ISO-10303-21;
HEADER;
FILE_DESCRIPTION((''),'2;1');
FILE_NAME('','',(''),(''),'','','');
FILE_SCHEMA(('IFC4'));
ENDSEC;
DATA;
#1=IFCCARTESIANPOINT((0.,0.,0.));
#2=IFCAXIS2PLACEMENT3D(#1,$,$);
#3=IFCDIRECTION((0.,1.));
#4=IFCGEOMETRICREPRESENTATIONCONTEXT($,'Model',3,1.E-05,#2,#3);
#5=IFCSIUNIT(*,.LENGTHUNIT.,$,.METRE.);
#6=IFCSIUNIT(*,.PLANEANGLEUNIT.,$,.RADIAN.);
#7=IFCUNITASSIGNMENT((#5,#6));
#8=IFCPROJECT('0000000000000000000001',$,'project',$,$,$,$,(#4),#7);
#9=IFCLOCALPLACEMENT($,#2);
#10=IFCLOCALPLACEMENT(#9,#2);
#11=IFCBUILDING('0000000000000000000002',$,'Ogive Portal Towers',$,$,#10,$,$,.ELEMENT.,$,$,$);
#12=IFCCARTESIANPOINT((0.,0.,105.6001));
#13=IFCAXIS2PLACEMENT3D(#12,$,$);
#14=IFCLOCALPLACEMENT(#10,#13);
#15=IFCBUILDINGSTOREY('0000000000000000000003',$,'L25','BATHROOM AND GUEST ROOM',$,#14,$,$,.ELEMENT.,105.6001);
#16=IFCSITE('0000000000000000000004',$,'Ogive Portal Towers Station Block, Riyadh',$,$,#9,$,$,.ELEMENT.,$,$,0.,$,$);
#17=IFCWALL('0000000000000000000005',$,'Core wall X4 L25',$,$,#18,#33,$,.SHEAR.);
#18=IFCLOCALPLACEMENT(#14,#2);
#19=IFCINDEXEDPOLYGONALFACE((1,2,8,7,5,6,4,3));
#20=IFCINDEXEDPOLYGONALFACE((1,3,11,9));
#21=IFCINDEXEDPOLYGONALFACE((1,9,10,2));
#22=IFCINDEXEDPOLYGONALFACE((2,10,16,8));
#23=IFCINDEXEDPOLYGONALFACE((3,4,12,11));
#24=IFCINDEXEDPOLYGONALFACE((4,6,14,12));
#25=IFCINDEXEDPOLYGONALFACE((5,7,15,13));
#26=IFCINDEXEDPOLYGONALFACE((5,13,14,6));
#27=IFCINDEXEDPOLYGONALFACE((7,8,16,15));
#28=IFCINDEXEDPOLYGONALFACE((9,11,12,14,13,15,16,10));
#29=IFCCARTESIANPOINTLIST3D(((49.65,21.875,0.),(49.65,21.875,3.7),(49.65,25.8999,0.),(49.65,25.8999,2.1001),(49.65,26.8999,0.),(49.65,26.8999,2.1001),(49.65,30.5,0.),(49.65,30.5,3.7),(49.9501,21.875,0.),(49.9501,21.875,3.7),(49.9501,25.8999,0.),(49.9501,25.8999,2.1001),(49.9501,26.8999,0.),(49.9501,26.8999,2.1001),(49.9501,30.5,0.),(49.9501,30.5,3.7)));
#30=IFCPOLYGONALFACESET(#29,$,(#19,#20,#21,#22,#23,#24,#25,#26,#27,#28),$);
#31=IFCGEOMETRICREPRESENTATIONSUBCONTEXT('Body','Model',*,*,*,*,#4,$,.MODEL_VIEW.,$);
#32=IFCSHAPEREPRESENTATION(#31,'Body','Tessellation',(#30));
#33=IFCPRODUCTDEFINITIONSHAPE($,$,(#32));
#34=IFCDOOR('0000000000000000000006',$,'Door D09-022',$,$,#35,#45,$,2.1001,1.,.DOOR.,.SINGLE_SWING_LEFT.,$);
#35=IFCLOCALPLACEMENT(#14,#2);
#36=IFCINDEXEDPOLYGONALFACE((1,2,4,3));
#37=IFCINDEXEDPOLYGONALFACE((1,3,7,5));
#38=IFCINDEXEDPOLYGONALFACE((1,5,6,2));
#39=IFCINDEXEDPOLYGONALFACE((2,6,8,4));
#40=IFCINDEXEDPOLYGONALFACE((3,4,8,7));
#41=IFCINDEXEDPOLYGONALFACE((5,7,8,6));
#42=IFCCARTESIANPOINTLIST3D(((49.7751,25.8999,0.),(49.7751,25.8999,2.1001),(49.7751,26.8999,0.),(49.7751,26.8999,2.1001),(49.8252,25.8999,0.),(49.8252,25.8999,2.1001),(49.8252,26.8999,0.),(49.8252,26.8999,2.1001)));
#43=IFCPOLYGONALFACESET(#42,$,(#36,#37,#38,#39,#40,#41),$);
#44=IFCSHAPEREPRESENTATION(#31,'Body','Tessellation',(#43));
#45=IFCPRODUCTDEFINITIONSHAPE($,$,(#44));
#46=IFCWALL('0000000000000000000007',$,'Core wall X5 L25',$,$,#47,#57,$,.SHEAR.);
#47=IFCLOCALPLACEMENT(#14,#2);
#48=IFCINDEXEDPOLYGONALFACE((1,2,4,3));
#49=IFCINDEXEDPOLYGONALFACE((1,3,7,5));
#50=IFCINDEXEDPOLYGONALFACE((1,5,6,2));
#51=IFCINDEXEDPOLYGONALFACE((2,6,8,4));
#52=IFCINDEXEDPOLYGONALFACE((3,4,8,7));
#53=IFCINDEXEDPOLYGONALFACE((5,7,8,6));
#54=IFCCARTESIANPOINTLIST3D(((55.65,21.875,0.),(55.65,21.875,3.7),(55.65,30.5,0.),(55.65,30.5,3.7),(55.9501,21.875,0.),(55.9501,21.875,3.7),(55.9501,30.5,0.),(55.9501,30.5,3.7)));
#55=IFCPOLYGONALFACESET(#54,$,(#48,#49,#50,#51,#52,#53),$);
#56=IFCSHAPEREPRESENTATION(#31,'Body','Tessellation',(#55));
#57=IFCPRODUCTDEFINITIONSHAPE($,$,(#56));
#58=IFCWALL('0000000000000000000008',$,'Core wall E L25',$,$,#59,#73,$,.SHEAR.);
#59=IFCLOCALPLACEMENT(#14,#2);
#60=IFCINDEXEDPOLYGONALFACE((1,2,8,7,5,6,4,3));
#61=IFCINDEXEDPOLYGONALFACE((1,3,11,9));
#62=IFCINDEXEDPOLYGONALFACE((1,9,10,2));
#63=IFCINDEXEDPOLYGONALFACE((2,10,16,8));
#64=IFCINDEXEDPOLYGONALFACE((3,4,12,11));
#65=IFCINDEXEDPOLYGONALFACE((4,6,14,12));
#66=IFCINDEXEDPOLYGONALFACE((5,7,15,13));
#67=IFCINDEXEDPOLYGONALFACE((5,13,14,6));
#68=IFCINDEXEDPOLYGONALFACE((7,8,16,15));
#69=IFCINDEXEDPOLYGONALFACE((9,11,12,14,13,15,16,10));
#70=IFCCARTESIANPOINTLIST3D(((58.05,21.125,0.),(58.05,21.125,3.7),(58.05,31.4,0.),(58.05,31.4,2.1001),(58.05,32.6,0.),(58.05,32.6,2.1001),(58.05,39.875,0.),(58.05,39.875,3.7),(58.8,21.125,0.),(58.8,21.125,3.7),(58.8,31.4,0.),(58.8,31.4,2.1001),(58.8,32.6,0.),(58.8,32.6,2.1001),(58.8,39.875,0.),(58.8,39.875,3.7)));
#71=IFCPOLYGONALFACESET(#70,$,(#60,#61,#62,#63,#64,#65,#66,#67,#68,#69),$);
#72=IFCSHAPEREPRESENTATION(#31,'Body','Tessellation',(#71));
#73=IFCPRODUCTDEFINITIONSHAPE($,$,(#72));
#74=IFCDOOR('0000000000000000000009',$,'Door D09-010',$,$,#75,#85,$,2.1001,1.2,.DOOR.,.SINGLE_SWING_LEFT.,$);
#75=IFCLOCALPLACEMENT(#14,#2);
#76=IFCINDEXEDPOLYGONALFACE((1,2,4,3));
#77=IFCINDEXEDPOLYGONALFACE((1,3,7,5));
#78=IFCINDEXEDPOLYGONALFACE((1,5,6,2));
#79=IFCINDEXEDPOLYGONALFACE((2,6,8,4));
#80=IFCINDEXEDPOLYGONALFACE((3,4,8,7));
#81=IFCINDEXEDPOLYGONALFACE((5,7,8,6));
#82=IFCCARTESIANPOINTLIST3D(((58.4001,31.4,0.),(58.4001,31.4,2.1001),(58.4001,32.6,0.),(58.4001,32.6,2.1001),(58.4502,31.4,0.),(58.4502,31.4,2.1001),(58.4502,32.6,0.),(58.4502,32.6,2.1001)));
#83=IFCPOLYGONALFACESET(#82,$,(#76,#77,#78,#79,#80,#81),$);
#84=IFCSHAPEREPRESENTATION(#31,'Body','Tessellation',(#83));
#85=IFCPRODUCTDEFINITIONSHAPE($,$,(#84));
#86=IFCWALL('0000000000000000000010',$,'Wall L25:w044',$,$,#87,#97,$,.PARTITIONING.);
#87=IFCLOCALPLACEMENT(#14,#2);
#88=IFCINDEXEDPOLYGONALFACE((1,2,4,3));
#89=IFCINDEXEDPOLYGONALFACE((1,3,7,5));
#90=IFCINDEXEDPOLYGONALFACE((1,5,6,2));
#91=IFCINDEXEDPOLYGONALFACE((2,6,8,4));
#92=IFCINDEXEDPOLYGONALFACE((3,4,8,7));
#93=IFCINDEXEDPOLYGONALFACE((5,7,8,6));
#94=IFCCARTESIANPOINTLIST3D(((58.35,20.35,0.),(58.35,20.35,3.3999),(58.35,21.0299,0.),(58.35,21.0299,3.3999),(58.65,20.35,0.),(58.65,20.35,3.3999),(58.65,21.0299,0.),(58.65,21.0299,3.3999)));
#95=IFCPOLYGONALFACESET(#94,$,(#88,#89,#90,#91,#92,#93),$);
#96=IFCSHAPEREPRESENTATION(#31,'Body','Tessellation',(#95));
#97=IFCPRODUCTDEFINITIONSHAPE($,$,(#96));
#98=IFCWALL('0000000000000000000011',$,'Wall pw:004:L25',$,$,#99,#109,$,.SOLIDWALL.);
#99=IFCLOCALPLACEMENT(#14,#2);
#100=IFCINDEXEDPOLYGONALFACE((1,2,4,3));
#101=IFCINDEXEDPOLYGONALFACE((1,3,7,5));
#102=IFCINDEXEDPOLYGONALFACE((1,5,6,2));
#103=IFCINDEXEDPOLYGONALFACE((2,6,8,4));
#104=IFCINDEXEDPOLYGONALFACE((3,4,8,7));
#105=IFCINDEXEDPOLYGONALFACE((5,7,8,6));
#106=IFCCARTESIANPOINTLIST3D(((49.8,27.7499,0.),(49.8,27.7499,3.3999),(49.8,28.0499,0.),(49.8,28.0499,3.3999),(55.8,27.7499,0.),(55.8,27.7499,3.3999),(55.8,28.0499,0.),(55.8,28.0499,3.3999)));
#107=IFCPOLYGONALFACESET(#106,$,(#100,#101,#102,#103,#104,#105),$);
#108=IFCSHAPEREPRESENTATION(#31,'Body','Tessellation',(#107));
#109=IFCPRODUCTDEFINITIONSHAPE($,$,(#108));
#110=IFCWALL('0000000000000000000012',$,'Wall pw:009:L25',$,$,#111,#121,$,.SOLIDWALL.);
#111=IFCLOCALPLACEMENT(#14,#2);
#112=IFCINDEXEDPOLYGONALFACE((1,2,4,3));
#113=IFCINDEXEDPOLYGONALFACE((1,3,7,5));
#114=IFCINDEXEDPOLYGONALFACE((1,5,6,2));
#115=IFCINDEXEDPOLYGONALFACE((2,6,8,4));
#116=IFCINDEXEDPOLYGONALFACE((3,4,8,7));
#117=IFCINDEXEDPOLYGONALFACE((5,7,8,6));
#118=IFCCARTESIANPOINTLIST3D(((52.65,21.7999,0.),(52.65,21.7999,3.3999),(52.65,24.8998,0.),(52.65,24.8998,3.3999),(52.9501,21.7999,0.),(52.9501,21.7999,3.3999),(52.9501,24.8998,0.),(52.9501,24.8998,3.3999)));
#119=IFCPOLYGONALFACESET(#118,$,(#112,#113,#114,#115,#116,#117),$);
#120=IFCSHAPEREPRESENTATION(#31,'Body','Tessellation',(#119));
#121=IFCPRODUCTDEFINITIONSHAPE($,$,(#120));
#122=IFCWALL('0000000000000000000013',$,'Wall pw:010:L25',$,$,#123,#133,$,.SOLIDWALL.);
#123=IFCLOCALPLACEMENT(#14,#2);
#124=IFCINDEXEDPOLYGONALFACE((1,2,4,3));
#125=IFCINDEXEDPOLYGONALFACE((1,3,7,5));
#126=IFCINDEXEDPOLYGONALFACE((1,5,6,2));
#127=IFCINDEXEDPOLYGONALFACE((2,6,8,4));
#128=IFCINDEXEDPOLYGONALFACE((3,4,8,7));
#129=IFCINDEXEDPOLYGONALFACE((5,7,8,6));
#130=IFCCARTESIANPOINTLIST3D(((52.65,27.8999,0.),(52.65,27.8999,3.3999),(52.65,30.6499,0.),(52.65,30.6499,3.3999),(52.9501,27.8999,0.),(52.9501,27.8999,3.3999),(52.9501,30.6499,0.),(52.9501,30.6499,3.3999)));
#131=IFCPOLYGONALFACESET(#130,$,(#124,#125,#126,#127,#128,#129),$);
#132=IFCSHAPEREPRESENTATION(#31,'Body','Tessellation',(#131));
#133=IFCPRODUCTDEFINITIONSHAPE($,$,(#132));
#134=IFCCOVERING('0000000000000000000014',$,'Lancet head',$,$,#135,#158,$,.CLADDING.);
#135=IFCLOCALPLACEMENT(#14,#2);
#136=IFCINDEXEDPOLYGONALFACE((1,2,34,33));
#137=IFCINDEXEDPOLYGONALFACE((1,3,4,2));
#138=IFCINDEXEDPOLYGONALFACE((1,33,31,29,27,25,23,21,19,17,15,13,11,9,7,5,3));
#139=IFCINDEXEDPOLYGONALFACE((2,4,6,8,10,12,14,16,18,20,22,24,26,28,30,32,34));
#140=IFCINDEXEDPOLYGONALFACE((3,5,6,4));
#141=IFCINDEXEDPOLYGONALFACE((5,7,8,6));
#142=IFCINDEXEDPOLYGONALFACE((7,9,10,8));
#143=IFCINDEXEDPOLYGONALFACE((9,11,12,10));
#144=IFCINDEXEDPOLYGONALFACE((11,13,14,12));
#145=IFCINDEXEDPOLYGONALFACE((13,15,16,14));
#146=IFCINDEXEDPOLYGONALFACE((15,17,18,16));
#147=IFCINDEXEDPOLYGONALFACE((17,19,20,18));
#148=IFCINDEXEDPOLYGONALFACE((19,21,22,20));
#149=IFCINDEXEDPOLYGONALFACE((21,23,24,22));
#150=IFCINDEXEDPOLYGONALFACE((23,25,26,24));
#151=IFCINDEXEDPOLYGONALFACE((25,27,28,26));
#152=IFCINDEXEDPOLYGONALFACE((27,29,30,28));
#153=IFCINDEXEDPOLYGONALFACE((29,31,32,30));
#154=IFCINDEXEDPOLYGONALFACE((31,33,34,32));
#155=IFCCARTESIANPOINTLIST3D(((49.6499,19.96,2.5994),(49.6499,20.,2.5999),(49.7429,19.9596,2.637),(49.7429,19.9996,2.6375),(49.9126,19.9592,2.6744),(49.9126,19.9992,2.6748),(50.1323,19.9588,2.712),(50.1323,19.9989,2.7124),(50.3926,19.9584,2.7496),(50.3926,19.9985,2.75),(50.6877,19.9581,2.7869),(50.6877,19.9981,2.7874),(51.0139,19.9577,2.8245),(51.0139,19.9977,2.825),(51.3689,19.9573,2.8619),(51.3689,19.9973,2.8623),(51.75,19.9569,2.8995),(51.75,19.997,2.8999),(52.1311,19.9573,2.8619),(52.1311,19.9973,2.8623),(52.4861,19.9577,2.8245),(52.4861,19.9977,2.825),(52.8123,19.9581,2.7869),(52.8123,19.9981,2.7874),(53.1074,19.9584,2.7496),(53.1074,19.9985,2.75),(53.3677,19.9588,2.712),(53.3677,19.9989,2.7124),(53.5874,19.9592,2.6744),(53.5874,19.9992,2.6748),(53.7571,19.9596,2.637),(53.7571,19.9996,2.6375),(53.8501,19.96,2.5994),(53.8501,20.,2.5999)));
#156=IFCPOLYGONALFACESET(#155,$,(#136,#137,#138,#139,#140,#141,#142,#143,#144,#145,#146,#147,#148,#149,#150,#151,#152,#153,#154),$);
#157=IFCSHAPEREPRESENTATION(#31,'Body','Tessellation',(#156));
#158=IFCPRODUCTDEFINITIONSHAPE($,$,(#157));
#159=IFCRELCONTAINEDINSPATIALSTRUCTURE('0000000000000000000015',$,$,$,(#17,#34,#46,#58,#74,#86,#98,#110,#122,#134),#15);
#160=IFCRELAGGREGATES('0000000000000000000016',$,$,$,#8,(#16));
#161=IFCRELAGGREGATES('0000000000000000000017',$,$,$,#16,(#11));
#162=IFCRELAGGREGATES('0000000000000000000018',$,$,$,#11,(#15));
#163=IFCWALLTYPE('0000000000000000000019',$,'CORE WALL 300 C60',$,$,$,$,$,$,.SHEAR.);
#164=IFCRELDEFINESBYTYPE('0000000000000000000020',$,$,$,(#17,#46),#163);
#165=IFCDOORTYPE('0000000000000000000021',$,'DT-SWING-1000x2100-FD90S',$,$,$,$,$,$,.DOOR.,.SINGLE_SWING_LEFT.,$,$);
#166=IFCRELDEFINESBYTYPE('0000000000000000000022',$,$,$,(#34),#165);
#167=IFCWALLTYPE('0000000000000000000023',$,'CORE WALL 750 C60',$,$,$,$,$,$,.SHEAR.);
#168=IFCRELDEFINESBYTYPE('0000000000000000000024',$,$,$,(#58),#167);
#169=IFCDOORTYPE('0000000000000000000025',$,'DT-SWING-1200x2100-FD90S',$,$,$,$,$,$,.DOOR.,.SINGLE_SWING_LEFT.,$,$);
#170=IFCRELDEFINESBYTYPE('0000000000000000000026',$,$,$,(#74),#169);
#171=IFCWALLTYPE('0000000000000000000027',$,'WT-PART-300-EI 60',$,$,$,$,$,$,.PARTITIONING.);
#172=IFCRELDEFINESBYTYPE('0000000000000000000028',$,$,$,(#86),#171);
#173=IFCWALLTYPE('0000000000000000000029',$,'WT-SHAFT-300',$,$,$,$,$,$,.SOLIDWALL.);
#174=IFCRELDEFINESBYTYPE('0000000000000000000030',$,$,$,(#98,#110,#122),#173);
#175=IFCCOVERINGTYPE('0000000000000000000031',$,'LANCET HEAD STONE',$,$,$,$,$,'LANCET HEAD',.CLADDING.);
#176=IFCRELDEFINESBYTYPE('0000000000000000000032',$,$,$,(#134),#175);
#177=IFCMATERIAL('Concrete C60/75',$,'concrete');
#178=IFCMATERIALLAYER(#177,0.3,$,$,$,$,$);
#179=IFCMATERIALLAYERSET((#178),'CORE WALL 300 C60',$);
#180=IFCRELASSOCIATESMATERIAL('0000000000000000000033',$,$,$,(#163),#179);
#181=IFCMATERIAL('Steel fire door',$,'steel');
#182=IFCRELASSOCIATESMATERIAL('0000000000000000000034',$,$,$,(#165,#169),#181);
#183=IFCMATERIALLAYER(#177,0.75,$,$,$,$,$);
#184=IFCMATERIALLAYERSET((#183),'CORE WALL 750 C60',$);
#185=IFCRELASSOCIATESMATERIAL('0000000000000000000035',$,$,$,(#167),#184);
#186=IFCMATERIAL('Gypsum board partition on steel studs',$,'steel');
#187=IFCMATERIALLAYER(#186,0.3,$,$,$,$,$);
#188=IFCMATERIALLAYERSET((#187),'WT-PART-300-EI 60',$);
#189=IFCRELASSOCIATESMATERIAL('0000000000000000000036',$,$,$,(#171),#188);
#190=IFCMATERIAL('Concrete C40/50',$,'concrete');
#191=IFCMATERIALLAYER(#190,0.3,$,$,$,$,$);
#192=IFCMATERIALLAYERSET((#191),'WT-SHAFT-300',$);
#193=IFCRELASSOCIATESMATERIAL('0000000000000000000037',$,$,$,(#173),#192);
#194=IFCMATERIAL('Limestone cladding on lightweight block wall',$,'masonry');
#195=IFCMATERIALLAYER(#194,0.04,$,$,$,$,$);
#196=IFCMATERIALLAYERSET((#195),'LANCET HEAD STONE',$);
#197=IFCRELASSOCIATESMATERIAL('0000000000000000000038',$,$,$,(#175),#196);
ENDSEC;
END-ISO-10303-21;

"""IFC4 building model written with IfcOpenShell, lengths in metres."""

from ifc_helpers import new_model, si_unit, direction, frame, frame_2d, origin, place, context, subcontext, project, spatial, polyline, rectangle, outline, extrude, material, layer, layer_set, type_object, element, fill, save


model = new_model("IFC4")

# Units and contexts
model_context = context("Model", 3, precision=1e-05, world=origin(), true_north=direction((0.0, 1.0)))
body_context = subcontext(model_context, "Body", "Model", "MODEL_VIEW")
ifc_project = project(units=[si_unit("LENGTHUNIT", "METRE"), si_unit("PLANEANGLEUNIT", "RADIAN")], contexts=[model_context])

# Site, building, storey
site_placement = place(None, origin())
site = spatial("IfcSite", under=ifc_project, at=site_placement, Name="Ogive Portal Towers Station Block, Riyadh", CompositionType="ELEMENT", RefElevation=0.0)
building_placement = place(site_placement, origin())
building = spatial("IfcBuilding", under=site, at=building_placement, Name="Ogive Portal Towers", CompositionType="ELEMENT")
storey_placement = place(building_placement, frame((0.0, 0.0, 105.6001)))
storey = spatial("IfcBuildingStorey", under=building, at=storey_placement, Name="L25", Description="BATHROOM AND GUEST ROOM", CompositionType="ELEMENT", Elevation=105.6001)

# Wall, opening, door
ifc_material_1 = material(Name="Concrete C60/75", Category="concrete")
ifc_layer_1 = layer(ifc_material_1, 0.3)
ifc_layer_set_1 = layer_set([ifc_layer_1], Name="CORE WALL 300 C60")
wall_type_1 = type_object("IfcWallType", Name="CORE WALL 300 C60", PredefinedType="SHEAR", material=ifc_layer_set_1)
wall_1_placement = place(storey_placement, frame((49.8, 21.875, 0.0), z_axis=(0.0, 0.0, 1.0), x_axis=(0.0, 1.0, 0.0)))
wall_1 = element("IfcWall", 1, at=wall_1_placement, inside=storey, type_object=wall_type_1, Name="Core wall X4 L25", PredefinedType="SHEAR", context=body_context, shape_type="SweptSolid", body=[
    extrude(rectangle(XDim=8.625, YDim=0.3, at=frame_2d((4.3125, 0.0))), origin(), (0.0, 0.0, 1.0), 3.7),
])
opening_1_placement = place(wall_1_placement, frame((4.0249, 0.0, 0.0)))
opening_1 = element("IfcOpeningElement", 2, at=opening_1_placement, cuts=wall_1, PredefinedType="OPENING", context=body_context, shape_type="SweptSolid", body=[
    extrude(rectangle(XDim=1.0, YDim=2.1001, at=frame_2d((0.5, 1.05))), frame((0.0, 0.1602, 0.0), z_axis=(0.0, -1.0, 0.0), x_axis=(1.0, 0.0, 0.0)), (0.0, 0.0, 1.0), 0.3201),
])
ifc_material_2 = material(Name="Steel fire door", Category="steel")
door_type_1 = type_object("IfcDoorType", Name="DT-SWING-1000x2100-FD90S", OperationType="SINGLE_SWING_LEFT", PredefinedType="DOOR", material=ifc_material_2)
door_1_placement = place(opening_1_placement, origin())
door_1 = element("IfcDoor", 3, at=door_1_placement, inside=storey, type_object=door_type_1, Name="Door D09-022", OperationType="SINGLE_SWING_LEFT", OverallHeight=2.1001, OverallWidth=1.0, PredefinedType="DOOR", context=body_context, shape_type="SweptSolid", body=[
    extrude(rectangle(XDim=1.0, YDim=2.1001, at=frame_2d((0.5, 1.05))), frame((0.0, 0.0249, 0.0), z_axis=(0.0, -1.0, 0.0), x_axis=(1.0, 0.0, 0.0)), (0.0, 0.0, 1.0), 0.05),
])
fill(opening_1, door_1)

# Wall
wall_2_placement = place(storey_placement, frame((55.8, 21.875, 0.0), z_axis=(0.0, 0.0, 1.0), x_axis=(0.0, 1.0, 0.0)))
element("IfcWall", 4, at=wall_2_placement, inside=storey, type_object=wall_type_1, Name="Core wall X5 L25", PredefinedType="SHEAR", context=body_context, shape_type="SweptSolid", body=[
    extrude(rectangle(XDim=8.625, YDim=0.3, at=frame_2d((4.3125, 0.0))), origin(), (0.0, 0.0, 1.0), 3.7),
])

# Wall, opening, door
ifc_layer_2 = layer(ifc_material_1, 0.75)
ifc_layer_set_2 = layer_set([ifc_layer_2], Name="CORE WALL 750 C60")
wall_type_2 = type_object("IfcWallType", Name="CORE WALL 750 C60", PredefinedType="SHEAR", material=ifc_layer_set_2)
wall_3_placement = place(storey_placement, frame((58.425, 21.125, 0.0), z_axis=(0.0, 0.0, 1.0), x_axis=(0.0, 1.0, 0.0)))
wall_3 = element("IfcWall", 5, at=wall_3_placement, inside=storey, type_object=wall_type_2, Name="Core wall E L25", PredefinedType="SHEAR", context=body_context, shape_type="SweptSolid", body=[
    extrude(rectangle(XDim=18.75, YDim=0.75, at=frame_2d((9.375, 0.0))), origin(), (0.0, 0.0, 1.0), 3.7),
])
opening_2_placement = place(wall_3_placement, frame((10.2749, 0.0, 0.0)))
opening_2 = element("IfcOpeningElement", 6, at=opening_2_placement, cuts=wall_3, PredefinedType="OPENING", context=body_context, shape_type="SweptSolid", body=[
    extrude(rectangle(XDim=1.2, YDim=2.1001, at=frame_2d((0.6001, 1.05))), frame((0.0, 0.385, 0.0), z_axis=(0.0, -1.0, 0.0), x_axis=(1.0, 0.0, 0.0)), (0.0, 0.0, 1.0), 0.77),
])
door_type_2 = type_object("IfcDoorType", Name="DT-SWING-1200x2100-FD90S", OperationType="SINGLE_SWING_LEFT", PredefinedType="DOOR", material=ifc_material_2)
door_2_placement = place(opening_2_placement, origin())
door_2 = element("IfcDoor", 7, at=door_2_placement, inside=storey, type_object=door_type_2, Name="Door D09-010", OperationType="SINGLE_SWING_LEFT", OverallHeight=2.1001, OverallWidth=1.2, PredefinedType="DOOR", context=body_context, shape_type="SweptSolid", body=[
    extrude(rectangle(XDim=1.2, YDim=2.1001, at=frame_2d((0.6001, 1.05))), frame((0.0, 0.0249, 0.0), z_axis=(0.0, -1.0, 0.0), x_axis=(1.0, 0.0, 0.0)), (0.0, 0.0, 1.0), 0.05),
])
fill(opening_2, door_2)

# Walls
ifc_material_3 = material(Name="Gypsum board partition on steel studs", Category="steel")
ifc_layer_3 = layer(ifc_material_3, 0.3)
ifc_layer_set_3 = layer_set([ifc_layer_3], Name="WT-PART-300-EI 60")
wall_type_3 = type_object("IfcWallType", Name="WT-PART-300-EI 60", PredefinedType="PARTITIONING", material=ifc_layer_set_3)
wall_4_placement = place(storey_placement, frame((58.5, 20.3501, 0.0), z_axis=(0.0, 0.0, 1.0), x_axis=(0.0, 1.0, 0.0)))
element("IfcWall", 8, at=wall_4_placement, inside=storey, type_object=wall_type_3, Name="Wall L25:w044", PredefinedType="PARTITIONING", context=body_context, shape_type="SweptSolid", body=[
    extrude(rectangle(XDim=0.6799, YDim=0.3, at=frame_2d((0.3398, 0.0))), origin(), (0.0, 0.0, 1.0), 3.3999),
])
ifc_material_4 = material(Name="Concrete C40/50", Category="concrete")
ifc_layer_4 = layer(ifc_material_4, 0.3)
ifc_layer_set_4 = layer_set([ifc_layer_4], Name="WT-SHAFT-300")
wall_type_4 = type_object("IfcWallType", Name="WT-SHAFT-300", PredefinedType="SOLIDWALL", material=ifc_layer_set_4)
wall_5_placement = place(storey_placement, frame((49.8, 27.8999, 0.0), z_axis=(0.0, 0.0, 1.0), x_axis=(1.0, 0.0, 0.0)))
element("IfcWall", 9, at=wall_5_placement, inside=storey, type_object=wall_type_4, Name="Wall pw:004:L25", PredefinedType="SOLIDWALL", context=body_context, shape_type="SweptSolid", body=[
    extrude(rectangle(XDim=6.0, YDim=0.3, at=frame_2d((3.0, 0.0))), origin(), (0.0, 0.0, 1.0), 3.3999),
])
wall_6_placement = place(storey_placement, frame((52.8, 21.8, 0.0), z_axis=(0.0, 0.0, 1.0), x_axis=(0.0, 1.0, 0.0)))
element("IfcWall", 10, at=wall_6_placement, inside=storey, type_object=wall_type_4, Name="Wall pw:009:L25", PredefinedType="SOLIDWALL", context=body_context, shape_type="SweptSolid", body=[
    extrude(rectangle(XDim=3.0999, YDim=0.3, at=frame_2d((1.5498, 0.0))), origin(), (0.0, 0.0, 1.0), 3.3999),
])
wall_7_placement = place(storey_placement, frame((52.8, 27.8999, 0.0), z_axis=(0.0, 0.0, 1.0), x_axis=(0.0, 1.0, 0.0)))
element("IfcWall", 11, at=wall_7_placement, inside=storey, type_object=wall_type_4, Name="Wall pw:010:L25", PredefinedType="SOLIDWALL", context=body_context, shape_type="SweptSolid", body=[
    extrude(rectangle(XDim=2.75, YDim=0.3, at=frame_2d((1.375, 0.0))), origin(), (0.0, 0.0, 1.0), 3.3999),
])

# Covering
ifc_material_5 = material(Name="Limestone cladding on lightweight block wall", Category="masonry")
ifc_layer_5 = layer(ifc_material_5, 0.04)
ifc_layer_set_5 = layer_set([ifc_layer_5], Name="LANCET HEAD STONE")
covering_type = type_object("IfcCoveringType", Name="LANCET HEAD STONE", ElementType="LANCET HEAD", PredefinedType="CLADDING", material=ifc_layer_set_5)
for number, where, z_axis, x_axis, name in (
    (12, (49.6499, 20.0, 2.5999), (0.0, 0.999949, 0.010103), (1.0, 0.0, 0.0), "Lancet head"),
):
    element("IfcCovering", number, at=place(storey_placement, frame(where, z_axis=z_axis, x_axis=x_axis)), inside=storey, type_object=covering_type, Name=name, PredefinedType="CLADDING", context=body_context, shape_type="SweptSolid", body=[
        extrude(outline(polyline([(0.0, 0.0), (4.2002, 0.0), (4.1072, -0.0376), (3.9375, -0.075), (3.7178, -0.1126), (3.4575, -0.1502), (3.1624, -0.1875), (2.8362, -0.2251), (2.4812, -0.2625), (2.1001, -0.3001), (1.719, -0.2625), (1.364, -0.2251), (1.0378, -0.1875), (0.7427, -0.1502), (0.4824, -0.1126), (0.2627, -0.075), (0.093, -0.0376), (0.0, 0.0)])), origin(), (0.0, 0.0, -1.0), 0.04),
    ])

save(model, "model.ifc")
